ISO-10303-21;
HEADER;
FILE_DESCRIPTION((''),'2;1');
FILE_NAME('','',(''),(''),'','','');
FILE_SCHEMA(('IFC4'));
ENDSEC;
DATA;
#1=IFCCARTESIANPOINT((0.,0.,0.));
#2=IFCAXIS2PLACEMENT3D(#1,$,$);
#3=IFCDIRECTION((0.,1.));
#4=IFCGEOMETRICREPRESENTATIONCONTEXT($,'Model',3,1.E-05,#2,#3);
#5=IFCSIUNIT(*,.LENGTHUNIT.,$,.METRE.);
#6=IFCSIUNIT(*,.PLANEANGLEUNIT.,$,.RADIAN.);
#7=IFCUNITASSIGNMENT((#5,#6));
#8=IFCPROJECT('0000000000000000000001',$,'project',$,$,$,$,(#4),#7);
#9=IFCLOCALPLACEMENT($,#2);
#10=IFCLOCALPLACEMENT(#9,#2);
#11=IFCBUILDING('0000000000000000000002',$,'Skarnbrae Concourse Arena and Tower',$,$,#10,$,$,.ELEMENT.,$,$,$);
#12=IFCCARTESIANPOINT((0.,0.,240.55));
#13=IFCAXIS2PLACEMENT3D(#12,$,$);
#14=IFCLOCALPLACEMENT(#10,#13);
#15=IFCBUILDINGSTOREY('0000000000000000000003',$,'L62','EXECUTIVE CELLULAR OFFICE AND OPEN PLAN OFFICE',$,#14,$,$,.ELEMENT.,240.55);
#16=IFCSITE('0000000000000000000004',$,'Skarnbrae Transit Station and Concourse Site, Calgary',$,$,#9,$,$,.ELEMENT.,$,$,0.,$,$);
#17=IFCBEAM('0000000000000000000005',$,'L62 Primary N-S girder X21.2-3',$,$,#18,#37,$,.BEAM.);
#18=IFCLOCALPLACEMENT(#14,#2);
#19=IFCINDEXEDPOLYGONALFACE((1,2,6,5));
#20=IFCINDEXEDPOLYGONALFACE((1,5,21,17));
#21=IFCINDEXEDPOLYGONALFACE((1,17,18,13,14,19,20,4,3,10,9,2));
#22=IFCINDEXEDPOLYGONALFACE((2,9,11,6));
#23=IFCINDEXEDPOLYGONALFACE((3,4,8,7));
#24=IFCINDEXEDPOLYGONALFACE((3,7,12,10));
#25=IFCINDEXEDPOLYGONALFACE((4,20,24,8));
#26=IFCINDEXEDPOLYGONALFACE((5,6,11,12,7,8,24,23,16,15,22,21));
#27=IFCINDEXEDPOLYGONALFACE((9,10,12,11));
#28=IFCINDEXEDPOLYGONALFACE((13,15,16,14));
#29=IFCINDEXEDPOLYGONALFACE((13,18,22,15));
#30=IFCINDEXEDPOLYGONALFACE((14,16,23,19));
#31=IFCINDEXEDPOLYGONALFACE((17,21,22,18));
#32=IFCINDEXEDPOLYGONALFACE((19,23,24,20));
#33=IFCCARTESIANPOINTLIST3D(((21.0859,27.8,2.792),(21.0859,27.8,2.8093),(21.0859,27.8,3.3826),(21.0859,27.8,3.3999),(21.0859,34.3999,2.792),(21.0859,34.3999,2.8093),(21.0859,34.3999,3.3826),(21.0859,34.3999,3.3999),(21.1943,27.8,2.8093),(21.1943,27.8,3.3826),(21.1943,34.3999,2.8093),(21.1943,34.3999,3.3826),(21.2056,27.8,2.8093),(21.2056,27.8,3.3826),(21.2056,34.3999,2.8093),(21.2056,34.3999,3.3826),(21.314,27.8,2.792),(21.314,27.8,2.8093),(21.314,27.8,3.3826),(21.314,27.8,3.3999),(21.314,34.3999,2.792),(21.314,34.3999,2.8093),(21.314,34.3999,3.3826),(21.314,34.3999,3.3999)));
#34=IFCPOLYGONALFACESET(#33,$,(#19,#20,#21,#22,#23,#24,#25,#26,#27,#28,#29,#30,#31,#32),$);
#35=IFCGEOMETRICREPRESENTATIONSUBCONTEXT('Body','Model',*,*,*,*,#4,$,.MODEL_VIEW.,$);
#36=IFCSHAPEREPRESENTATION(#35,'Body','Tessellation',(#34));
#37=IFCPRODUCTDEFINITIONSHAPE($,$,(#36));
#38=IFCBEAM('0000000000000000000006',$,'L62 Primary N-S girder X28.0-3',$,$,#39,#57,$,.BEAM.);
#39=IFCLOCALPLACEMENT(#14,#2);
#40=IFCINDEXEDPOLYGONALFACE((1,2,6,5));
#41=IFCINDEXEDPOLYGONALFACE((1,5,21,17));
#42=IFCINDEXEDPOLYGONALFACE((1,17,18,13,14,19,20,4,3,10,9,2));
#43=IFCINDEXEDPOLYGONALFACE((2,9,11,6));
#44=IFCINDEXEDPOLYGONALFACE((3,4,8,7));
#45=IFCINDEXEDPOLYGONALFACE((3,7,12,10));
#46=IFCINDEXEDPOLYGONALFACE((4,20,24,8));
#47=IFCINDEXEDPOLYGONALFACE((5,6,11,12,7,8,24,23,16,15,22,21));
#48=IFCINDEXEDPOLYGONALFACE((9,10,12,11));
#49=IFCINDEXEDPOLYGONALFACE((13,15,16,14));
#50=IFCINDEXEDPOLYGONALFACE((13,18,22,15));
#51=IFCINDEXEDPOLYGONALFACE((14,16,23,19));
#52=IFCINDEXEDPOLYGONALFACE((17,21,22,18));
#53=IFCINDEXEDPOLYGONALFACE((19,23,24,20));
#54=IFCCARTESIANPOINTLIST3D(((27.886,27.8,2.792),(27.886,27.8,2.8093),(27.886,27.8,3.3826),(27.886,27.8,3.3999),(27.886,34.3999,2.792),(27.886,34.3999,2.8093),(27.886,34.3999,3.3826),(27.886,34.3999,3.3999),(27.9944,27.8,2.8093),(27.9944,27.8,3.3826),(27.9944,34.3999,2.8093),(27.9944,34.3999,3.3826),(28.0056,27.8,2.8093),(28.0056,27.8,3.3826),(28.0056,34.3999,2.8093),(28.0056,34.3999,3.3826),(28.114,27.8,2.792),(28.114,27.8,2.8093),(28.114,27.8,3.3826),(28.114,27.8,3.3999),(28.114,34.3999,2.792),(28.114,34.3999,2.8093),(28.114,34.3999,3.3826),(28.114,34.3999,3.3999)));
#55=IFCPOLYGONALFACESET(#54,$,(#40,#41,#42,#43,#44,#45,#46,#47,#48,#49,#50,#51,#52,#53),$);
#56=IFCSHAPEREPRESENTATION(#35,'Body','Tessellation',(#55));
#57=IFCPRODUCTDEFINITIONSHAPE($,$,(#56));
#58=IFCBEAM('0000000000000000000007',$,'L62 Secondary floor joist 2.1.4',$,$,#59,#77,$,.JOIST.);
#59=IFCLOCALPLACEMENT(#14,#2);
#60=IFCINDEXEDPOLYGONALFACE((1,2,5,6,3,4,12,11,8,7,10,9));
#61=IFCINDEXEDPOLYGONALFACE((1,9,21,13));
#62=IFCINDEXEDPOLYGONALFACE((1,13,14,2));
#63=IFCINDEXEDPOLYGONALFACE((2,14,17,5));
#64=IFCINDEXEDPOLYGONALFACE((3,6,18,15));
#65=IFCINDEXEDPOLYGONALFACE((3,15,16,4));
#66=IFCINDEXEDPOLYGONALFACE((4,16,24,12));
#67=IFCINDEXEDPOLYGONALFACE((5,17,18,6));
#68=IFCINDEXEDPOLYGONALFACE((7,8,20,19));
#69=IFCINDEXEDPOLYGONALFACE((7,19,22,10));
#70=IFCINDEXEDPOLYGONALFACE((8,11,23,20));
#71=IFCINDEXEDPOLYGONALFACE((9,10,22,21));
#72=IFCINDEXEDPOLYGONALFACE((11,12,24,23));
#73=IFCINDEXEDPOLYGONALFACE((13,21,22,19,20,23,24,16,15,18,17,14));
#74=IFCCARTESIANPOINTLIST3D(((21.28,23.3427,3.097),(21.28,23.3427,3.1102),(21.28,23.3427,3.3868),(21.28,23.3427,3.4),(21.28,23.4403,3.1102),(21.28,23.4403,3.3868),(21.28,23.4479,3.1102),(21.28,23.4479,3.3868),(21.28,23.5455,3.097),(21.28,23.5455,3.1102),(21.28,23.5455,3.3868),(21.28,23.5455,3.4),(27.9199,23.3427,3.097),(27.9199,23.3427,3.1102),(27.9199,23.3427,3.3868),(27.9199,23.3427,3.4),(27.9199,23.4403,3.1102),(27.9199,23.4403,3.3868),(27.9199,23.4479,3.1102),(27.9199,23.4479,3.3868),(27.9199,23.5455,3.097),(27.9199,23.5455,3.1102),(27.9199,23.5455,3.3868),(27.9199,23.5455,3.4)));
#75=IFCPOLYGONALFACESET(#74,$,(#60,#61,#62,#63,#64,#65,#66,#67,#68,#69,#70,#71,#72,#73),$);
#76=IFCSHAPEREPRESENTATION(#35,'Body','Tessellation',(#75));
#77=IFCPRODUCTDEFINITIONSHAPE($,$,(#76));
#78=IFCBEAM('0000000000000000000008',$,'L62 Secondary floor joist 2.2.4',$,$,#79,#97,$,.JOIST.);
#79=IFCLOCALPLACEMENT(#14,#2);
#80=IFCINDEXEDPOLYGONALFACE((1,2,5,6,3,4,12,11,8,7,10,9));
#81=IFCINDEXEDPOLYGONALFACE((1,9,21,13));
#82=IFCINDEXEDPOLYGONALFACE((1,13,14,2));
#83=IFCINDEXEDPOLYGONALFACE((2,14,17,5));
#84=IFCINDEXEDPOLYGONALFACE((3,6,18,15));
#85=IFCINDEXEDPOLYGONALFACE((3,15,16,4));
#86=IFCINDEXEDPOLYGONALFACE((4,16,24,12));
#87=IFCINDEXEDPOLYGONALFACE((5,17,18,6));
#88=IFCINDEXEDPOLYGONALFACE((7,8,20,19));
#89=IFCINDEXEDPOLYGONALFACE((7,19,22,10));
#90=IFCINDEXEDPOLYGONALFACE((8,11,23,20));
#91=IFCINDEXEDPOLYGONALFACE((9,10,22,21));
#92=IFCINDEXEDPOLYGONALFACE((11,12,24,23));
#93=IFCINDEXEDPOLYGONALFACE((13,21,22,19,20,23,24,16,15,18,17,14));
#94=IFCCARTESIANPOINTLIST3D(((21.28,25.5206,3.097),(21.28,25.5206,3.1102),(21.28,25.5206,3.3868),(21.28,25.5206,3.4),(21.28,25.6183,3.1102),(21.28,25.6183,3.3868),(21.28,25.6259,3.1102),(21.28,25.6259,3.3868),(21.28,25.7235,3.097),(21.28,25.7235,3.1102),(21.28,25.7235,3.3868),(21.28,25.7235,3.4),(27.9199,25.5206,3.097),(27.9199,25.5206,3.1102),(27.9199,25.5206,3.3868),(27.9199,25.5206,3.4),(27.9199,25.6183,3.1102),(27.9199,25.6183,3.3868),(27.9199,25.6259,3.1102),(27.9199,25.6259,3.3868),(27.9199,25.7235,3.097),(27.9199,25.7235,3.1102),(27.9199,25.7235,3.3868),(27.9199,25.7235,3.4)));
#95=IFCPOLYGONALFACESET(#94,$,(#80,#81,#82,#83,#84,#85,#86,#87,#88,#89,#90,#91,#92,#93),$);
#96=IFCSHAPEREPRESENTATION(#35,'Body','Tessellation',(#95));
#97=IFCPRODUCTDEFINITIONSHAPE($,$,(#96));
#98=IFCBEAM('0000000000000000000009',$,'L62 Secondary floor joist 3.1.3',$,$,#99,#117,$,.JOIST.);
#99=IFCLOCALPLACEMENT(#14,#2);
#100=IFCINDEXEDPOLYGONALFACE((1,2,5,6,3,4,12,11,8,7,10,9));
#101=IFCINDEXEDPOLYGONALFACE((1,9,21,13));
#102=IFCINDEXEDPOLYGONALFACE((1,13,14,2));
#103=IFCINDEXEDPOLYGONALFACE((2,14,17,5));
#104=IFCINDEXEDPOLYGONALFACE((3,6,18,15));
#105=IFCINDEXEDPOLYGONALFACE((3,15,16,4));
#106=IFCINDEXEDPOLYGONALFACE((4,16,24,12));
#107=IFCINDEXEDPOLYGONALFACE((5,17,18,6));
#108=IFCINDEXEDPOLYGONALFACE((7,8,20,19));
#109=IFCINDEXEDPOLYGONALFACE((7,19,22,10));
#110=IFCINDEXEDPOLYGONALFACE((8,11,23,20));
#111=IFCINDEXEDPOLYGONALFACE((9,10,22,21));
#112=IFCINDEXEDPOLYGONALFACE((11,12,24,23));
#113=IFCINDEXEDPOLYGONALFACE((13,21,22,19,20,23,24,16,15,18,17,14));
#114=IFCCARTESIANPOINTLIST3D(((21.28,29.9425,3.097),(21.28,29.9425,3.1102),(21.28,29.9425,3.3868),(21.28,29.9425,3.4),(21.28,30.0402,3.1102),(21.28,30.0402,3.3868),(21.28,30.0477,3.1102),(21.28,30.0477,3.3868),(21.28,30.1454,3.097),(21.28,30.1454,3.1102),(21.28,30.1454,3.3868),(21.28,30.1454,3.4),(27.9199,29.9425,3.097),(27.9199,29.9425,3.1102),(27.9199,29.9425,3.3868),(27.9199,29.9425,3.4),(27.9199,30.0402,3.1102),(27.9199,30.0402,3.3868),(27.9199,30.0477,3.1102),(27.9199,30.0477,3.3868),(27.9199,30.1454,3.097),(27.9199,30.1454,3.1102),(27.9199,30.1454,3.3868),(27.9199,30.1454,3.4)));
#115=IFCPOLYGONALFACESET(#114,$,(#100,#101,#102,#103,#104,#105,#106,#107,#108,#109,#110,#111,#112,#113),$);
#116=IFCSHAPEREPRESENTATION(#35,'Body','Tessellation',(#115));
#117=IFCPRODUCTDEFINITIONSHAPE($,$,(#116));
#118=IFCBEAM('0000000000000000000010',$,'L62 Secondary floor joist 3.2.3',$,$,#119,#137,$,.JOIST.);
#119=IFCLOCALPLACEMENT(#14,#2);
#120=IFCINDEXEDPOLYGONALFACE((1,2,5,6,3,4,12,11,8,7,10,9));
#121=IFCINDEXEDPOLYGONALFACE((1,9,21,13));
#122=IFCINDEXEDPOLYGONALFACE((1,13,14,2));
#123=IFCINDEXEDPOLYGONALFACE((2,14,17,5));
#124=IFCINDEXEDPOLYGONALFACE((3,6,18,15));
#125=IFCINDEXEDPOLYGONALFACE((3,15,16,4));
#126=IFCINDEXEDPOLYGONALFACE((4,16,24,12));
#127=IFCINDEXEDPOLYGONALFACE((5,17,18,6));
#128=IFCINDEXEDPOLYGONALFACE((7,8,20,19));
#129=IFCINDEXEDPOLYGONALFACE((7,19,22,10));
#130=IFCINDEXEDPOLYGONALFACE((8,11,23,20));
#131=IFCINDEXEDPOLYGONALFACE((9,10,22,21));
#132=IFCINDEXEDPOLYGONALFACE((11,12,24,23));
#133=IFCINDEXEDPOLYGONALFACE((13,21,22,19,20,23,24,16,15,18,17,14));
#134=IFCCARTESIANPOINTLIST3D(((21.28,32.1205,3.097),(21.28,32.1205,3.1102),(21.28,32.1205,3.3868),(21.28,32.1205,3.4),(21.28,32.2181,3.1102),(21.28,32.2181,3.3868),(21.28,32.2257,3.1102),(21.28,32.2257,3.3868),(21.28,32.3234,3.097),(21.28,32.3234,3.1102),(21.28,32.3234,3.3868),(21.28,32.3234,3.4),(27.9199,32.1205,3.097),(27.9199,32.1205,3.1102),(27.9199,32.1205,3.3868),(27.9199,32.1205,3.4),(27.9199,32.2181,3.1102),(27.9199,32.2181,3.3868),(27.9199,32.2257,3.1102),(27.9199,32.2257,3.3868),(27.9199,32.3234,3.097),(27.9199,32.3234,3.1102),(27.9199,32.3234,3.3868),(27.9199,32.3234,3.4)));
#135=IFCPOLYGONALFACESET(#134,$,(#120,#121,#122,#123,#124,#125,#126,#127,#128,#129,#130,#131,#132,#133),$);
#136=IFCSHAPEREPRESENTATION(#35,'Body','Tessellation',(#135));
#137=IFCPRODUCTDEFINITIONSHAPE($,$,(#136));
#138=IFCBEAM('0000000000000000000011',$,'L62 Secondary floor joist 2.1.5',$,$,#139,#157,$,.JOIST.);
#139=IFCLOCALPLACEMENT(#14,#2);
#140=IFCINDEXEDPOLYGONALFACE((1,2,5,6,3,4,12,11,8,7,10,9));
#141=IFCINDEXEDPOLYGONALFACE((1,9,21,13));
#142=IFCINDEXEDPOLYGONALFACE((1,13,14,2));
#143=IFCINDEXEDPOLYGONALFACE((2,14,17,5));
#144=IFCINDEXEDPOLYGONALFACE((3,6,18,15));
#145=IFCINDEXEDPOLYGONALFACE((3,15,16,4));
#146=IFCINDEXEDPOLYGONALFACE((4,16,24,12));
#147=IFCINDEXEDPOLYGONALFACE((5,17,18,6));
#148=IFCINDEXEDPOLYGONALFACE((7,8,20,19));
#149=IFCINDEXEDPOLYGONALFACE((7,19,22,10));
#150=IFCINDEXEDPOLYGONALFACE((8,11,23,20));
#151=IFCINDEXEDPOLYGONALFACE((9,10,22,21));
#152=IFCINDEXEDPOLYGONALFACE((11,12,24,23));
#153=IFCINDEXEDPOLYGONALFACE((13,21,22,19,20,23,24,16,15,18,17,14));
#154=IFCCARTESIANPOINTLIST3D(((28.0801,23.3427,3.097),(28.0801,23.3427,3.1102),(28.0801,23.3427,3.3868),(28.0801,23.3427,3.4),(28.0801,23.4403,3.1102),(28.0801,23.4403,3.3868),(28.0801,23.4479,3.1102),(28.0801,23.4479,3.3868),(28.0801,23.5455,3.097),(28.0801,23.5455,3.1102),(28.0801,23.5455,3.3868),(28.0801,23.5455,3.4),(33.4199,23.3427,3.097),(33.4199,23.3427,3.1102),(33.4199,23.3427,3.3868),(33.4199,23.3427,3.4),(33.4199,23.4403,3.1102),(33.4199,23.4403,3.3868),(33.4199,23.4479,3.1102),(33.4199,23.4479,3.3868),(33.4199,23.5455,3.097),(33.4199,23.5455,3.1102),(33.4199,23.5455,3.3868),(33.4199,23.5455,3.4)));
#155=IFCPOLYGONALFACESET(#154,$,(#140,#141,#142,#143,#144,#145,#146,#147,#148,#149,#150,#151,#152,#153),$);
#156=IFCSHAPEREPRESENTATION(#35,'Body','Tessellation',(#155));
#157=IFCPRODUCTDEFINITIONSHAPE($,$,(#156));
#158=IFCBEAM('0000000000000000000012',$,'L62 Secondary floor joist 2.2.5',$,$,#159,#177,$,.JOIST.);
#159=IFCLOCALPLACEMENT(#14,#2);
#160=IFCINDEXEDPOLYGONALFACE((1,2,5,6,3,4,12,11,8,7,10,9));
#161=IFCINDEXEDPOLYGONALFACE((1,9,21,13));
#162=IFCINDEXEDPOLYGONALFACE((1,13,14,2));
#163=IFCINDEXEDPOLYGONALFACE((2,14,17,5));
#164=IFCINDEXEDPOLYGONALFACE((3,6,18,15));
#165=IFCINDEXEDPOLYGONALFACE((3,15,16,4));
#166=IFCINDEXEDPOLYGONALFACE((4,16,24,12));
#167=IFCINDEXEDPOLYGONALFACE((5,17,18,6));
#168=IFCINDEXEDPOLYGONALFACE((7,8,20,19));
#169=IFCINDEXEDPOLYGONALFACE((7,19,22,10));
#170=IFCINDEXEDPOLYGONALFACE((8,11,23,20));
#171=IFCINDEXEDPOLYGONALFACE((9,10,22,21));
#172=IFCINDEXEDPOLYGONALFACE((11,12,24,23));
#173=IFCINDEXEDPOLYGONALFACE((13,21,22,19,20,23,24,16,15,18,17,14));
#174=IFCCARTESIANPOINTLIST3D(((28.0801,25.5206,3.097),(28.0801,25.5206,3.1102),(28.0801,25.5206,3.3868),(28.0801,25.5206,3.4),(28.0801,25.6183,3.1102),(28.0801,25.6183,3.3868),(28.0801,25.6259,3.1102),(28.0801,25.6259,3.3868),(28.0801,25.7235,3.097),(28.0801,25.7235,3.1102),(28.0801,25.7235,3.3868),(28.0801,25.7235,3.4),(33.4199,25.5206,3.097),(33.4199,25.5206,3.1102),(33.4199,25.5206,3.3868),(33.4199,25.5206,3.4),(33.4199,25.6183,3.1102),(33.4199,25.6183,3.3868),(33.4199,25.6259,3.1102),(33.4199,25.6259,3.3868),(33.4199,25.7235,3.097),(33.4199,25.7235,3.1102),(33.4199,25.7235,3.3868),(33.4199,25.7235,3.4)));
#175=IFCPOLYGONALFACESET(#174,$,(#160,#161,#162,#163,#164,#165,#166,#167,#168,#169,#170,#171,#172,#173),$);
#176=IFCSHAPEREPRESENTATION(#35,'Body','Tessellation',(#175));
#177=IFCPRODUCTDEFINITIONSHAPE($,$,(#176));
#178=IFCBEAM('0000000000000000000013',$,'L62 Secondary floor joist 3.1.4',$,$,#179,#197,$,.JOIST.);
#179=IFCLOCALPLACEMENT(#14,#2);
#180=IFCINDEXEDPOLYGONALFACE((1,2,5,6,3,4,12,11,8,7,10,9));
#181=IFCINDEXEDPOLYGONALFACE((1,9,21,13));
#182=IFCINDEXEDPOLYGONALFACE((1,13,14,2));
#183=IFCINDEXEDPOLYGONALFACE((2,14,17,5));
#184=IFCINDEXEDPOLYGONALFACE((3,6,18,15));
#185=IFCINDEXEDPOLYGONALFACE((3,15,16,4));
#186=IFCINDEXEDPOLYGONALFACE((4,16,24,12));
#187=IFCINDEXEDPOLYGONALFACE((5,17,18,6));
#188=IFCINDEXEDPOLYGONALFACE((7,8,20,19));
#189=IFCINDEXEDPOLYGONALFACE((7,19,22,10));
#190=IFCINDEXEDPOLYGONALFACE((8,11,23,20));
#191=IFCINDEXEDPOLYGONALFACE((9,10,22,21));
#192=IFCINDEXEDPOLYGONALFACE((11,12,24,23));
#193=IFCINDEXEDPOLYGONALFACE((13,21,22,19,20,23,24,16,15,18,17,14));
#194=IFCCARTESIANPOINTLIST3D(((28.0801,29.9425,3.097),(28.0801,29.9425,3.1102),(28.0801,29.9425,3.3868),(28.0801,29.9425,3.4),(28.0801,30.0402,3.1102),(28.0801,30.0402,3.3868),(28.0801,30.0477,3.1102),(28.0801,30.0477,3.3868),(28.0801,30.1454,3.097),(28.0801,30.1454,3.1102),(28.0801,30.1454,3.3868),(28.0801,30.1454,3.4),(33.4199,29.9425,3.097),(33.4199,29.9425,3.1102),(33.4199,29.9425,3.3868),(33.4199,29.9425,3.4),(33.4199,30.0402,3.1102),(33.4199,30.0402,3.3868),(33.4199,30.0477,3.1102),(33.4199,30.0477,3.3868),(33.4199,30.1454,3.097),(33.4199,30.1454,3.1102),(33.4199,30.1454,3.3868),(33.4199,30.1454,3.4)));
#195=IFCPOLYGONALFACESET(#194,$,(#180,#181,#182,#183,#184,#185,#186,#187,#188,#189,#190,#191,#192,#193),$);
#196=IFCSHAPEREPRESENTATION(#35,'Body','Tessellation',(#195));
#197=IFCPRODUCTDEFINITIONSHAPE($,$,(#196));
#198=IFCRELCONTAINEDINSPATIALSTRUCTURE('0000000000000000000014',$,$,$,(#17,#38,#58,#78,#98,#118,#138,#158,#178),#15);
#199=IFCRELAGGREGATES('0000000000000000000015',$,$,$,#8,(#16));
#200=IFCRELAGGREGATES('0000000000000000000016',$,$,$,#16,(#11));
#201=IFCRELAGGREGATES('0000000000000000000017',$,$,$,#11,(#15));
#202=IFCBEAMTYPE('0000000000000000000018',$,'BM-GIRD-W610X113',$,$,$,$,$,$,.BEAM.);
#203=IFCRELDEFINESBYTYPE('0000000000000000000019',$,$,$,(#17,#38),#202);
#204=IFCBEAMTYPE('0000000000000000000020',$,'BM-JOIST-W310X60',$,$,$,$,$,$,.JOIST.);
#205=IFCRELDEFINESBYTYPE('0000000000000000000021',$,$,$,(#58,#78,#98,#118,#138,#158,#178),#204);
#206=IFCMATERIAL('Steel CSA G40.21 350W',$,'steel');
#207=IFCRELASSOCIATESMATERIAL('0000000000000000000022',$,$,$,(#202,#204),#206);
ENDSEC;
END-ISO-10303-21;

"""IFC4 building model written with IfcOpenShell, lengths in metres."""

from ifc_helpers import new_model, si_unit, direction, frame, origin, origin_2d, place, context, subcontext, project, spatial, i_section, extrude, source, transform, mapped, material, material_profile, profile_set, type_object, element, save


model = new_model("IFC4")

# Units and contexts
model_context = context("Model", 3, precision=1e-05, world=origin(), true_north=direction((0.0, 1.0)))
body_context = subcontext(model_context, "Body", "Model", "MODEL_VIEW")
ifc_project = project(units=[si_unit("LENGTHUNIT", "METRE"), si_unit("PLANEANGLEUNIT", "RADIAN")], contexts=[model_context])

# Site, building, storey
site_placement = place(None, origin())
site = spatial("IfcSite", under=ifc_project, at=site_placement, Name="Skarnbrae Transit Station and Concourse Site, Calgary", CompositionType="ELEMENT", RefElevation=0.0)
building_placement = place(site_placement, origin())
building = spatial("IfcBuilding", under=site, at=building_placement, Name="Skarnbrae Concourse Arena and Tower", CompositionType="ELEMENT")
storey_placement = place(building_placement, frame((0.0, 0.0, 240.55)))
storey = spatial("IfcBuildingStorey", under=building, at=storey_placement, Name="L62", Description="EXECUTIVE CELLULAR OFFICE AND OPEN PLAN OFFICE", CompositionType="ELEMENT", Elevation=240.55)

# Shared definitions
ifc_material_1 = material(Name="Steel CSA G40.21 350W", Category="steel")

# Beams
ifc_material_profile_1 = material_profile(ifc_material_1, i_section(OverallWidth=0.228, OverallDepth=0.6079, WebThickness=0.0112, FlangeThickness=0.0173, at=origin_2d()), Name="W610X113")
ifc_profile_set_1 = profile_set([ifc_material_profile_1], Name="Steel CSA G40.21 350W")
beam_type_1 = type_object("IfcBeamType", Name="BM-GIRD-W610X113", PredefinedType="BEAM", material=ifc_profile_set_1)
shared_shape_1 = source(origin(), body_context, "Body", "SweptSolid", [
    extrude(i_section(OverallWidth=0.228, OverallDepth=0.6079, WebThickness=0.0112, FlangeThickness=0.0173, at=origin_2d()), origin(), (0.0, 0.0, 1.0), 6.5999),
])
for number, where, z_axis, x_axis, name in (
    (1, (21.2, 27.8, 3.0959), (0.0, 1.0, 0.0), (-1.0, 0.0, 0.0), "L62 Primary N-S girder X21.2-3"),
    (2, (28.0, 27.8, 3.0959), (0.0, 1.0, 0.0), (-1.0, 0.0, 0.0), "L62 Primary N-S girder X28.0-3"),
):
    element("IfcBeam", number, at=place(storey_placement, frame(where, z_axis=z_axis, x_axis=x_axis)), inside=storey, type_object=beam_type_1, Name=name, PredefinedType="BEAM", context=body_context, shape_type="MappedRepresentation", body=[
        mapped(shared_shape_1, transform((0.0, 0.0, 0.0))),
    ])
ifc_material_profile_2 = material_profile(ifc_material_1, i_section(OverallWidth=0.2029, OverallDepth=0.303, WebThickness=0.0076, FlangeThickness=0.0132, at=origin_2d()), Name="W310X60")
ifc_profile_set_2 = profile_set([ifc_material_profile_2], Name="Steel CSA G40.21 350W")
beam_type_2 = type_object("IfcBeamType", Name="BM-JOIST-W310X60", PredefinedType="JOIST", material=ifc_profile_set_2)
shared_shape_2 = source(origin(), body_context, "Body", "SweptSolid", [
    extrude(i_section(OverallWidth=0.2029, OverallDepth=0.303, WebThickness=0.0076, FlangeThickness=0.0132, at=origin_2d()), origin(), (0.0, 0.0, 1.0), 6.6399),
])
for number, where, z_axis, x_axis, name in (
    (3, (21.28, 23.4441, 3.2485), (1.0, 0.0, 0.0), (0.0, 1.0, 0.0), "L62 Secondary floor joist 2.1.4"),
    (4, (21.28, 25.6221, 3.2485), (1.0, 0.0, 0.0), (0.0, 1.0, 0.0), "L62 Secondary floor joist 2.2.4"),
    (5, (21.28, 30.0439, 3.2485), (1.0, 0.0, 0.0), (0.0, 1.0, 0.0), "L62 Secondary floor joist 3.1.3"),
    (6, (21.28, 32.2219, 3.2485), (1.0, 0.0, 0.0), (0.0, 1.0, 0.0), "L62 Secondary floor joist 3.2.3"),
):
    element("IfcBeam", number, at=place(storey_placement, frame(where, z_axis=z_axis, x_axis=x_axis)), inside=storey, type_object=beam_type_2, Name=name, PredefinedType="JOIST", context=body_context, shape_type="MappedRepresentation", body=[
        mapped(shared_shape_2, transform((0.0, 0.0, 0.0))),
    ])
shared_shape_3 = source(origin(), body_context, "Body", "SweptSolid", [
    extrude(i_section(OverallWidth=0.2029, OverallDepth=0.303, WebThickness=0.0076, FlangeThickness=0.0132, at=origin_2d()), origin(), (0.0, 0.0, 1.0), 5.3398),
])
for number, where, z_axis, x_axis, name in (
    (7, (28.0801, 23.4441, 3.2485), (1.0, 0.0, 0.0), (0.0, 1.0, 0.0), "L62 Secondary floor joist 2.1.5"),
    (8, (28.0801, 25.6221, 3.2485), (1.0, 0.0, 0.0), (0.0, 1.0, 0.0), "L62 Secondary floor joist 2.2.5"),
    (9, (28.0801, 30.0439, 3.2485), (1.0, 0.0, 0.0), (0.0, 1.0, 0.0), "L62 Secondary floor joist 3.1.4"),
):
    element("IfcBeam", number, at=place(storey_placement, frame(where, z_axis=z_axis, x_axis=x_axis)), inside=storey, type_object=beam_type_2, Name=name, PredefinedType="JOIST", context=body_context, shape_type="MappedRepresentation", body=[
        mapped(shared_shape_3, transform((0.0, 0.0, 0.0))),
    ])

save(model, "model.ifc")
